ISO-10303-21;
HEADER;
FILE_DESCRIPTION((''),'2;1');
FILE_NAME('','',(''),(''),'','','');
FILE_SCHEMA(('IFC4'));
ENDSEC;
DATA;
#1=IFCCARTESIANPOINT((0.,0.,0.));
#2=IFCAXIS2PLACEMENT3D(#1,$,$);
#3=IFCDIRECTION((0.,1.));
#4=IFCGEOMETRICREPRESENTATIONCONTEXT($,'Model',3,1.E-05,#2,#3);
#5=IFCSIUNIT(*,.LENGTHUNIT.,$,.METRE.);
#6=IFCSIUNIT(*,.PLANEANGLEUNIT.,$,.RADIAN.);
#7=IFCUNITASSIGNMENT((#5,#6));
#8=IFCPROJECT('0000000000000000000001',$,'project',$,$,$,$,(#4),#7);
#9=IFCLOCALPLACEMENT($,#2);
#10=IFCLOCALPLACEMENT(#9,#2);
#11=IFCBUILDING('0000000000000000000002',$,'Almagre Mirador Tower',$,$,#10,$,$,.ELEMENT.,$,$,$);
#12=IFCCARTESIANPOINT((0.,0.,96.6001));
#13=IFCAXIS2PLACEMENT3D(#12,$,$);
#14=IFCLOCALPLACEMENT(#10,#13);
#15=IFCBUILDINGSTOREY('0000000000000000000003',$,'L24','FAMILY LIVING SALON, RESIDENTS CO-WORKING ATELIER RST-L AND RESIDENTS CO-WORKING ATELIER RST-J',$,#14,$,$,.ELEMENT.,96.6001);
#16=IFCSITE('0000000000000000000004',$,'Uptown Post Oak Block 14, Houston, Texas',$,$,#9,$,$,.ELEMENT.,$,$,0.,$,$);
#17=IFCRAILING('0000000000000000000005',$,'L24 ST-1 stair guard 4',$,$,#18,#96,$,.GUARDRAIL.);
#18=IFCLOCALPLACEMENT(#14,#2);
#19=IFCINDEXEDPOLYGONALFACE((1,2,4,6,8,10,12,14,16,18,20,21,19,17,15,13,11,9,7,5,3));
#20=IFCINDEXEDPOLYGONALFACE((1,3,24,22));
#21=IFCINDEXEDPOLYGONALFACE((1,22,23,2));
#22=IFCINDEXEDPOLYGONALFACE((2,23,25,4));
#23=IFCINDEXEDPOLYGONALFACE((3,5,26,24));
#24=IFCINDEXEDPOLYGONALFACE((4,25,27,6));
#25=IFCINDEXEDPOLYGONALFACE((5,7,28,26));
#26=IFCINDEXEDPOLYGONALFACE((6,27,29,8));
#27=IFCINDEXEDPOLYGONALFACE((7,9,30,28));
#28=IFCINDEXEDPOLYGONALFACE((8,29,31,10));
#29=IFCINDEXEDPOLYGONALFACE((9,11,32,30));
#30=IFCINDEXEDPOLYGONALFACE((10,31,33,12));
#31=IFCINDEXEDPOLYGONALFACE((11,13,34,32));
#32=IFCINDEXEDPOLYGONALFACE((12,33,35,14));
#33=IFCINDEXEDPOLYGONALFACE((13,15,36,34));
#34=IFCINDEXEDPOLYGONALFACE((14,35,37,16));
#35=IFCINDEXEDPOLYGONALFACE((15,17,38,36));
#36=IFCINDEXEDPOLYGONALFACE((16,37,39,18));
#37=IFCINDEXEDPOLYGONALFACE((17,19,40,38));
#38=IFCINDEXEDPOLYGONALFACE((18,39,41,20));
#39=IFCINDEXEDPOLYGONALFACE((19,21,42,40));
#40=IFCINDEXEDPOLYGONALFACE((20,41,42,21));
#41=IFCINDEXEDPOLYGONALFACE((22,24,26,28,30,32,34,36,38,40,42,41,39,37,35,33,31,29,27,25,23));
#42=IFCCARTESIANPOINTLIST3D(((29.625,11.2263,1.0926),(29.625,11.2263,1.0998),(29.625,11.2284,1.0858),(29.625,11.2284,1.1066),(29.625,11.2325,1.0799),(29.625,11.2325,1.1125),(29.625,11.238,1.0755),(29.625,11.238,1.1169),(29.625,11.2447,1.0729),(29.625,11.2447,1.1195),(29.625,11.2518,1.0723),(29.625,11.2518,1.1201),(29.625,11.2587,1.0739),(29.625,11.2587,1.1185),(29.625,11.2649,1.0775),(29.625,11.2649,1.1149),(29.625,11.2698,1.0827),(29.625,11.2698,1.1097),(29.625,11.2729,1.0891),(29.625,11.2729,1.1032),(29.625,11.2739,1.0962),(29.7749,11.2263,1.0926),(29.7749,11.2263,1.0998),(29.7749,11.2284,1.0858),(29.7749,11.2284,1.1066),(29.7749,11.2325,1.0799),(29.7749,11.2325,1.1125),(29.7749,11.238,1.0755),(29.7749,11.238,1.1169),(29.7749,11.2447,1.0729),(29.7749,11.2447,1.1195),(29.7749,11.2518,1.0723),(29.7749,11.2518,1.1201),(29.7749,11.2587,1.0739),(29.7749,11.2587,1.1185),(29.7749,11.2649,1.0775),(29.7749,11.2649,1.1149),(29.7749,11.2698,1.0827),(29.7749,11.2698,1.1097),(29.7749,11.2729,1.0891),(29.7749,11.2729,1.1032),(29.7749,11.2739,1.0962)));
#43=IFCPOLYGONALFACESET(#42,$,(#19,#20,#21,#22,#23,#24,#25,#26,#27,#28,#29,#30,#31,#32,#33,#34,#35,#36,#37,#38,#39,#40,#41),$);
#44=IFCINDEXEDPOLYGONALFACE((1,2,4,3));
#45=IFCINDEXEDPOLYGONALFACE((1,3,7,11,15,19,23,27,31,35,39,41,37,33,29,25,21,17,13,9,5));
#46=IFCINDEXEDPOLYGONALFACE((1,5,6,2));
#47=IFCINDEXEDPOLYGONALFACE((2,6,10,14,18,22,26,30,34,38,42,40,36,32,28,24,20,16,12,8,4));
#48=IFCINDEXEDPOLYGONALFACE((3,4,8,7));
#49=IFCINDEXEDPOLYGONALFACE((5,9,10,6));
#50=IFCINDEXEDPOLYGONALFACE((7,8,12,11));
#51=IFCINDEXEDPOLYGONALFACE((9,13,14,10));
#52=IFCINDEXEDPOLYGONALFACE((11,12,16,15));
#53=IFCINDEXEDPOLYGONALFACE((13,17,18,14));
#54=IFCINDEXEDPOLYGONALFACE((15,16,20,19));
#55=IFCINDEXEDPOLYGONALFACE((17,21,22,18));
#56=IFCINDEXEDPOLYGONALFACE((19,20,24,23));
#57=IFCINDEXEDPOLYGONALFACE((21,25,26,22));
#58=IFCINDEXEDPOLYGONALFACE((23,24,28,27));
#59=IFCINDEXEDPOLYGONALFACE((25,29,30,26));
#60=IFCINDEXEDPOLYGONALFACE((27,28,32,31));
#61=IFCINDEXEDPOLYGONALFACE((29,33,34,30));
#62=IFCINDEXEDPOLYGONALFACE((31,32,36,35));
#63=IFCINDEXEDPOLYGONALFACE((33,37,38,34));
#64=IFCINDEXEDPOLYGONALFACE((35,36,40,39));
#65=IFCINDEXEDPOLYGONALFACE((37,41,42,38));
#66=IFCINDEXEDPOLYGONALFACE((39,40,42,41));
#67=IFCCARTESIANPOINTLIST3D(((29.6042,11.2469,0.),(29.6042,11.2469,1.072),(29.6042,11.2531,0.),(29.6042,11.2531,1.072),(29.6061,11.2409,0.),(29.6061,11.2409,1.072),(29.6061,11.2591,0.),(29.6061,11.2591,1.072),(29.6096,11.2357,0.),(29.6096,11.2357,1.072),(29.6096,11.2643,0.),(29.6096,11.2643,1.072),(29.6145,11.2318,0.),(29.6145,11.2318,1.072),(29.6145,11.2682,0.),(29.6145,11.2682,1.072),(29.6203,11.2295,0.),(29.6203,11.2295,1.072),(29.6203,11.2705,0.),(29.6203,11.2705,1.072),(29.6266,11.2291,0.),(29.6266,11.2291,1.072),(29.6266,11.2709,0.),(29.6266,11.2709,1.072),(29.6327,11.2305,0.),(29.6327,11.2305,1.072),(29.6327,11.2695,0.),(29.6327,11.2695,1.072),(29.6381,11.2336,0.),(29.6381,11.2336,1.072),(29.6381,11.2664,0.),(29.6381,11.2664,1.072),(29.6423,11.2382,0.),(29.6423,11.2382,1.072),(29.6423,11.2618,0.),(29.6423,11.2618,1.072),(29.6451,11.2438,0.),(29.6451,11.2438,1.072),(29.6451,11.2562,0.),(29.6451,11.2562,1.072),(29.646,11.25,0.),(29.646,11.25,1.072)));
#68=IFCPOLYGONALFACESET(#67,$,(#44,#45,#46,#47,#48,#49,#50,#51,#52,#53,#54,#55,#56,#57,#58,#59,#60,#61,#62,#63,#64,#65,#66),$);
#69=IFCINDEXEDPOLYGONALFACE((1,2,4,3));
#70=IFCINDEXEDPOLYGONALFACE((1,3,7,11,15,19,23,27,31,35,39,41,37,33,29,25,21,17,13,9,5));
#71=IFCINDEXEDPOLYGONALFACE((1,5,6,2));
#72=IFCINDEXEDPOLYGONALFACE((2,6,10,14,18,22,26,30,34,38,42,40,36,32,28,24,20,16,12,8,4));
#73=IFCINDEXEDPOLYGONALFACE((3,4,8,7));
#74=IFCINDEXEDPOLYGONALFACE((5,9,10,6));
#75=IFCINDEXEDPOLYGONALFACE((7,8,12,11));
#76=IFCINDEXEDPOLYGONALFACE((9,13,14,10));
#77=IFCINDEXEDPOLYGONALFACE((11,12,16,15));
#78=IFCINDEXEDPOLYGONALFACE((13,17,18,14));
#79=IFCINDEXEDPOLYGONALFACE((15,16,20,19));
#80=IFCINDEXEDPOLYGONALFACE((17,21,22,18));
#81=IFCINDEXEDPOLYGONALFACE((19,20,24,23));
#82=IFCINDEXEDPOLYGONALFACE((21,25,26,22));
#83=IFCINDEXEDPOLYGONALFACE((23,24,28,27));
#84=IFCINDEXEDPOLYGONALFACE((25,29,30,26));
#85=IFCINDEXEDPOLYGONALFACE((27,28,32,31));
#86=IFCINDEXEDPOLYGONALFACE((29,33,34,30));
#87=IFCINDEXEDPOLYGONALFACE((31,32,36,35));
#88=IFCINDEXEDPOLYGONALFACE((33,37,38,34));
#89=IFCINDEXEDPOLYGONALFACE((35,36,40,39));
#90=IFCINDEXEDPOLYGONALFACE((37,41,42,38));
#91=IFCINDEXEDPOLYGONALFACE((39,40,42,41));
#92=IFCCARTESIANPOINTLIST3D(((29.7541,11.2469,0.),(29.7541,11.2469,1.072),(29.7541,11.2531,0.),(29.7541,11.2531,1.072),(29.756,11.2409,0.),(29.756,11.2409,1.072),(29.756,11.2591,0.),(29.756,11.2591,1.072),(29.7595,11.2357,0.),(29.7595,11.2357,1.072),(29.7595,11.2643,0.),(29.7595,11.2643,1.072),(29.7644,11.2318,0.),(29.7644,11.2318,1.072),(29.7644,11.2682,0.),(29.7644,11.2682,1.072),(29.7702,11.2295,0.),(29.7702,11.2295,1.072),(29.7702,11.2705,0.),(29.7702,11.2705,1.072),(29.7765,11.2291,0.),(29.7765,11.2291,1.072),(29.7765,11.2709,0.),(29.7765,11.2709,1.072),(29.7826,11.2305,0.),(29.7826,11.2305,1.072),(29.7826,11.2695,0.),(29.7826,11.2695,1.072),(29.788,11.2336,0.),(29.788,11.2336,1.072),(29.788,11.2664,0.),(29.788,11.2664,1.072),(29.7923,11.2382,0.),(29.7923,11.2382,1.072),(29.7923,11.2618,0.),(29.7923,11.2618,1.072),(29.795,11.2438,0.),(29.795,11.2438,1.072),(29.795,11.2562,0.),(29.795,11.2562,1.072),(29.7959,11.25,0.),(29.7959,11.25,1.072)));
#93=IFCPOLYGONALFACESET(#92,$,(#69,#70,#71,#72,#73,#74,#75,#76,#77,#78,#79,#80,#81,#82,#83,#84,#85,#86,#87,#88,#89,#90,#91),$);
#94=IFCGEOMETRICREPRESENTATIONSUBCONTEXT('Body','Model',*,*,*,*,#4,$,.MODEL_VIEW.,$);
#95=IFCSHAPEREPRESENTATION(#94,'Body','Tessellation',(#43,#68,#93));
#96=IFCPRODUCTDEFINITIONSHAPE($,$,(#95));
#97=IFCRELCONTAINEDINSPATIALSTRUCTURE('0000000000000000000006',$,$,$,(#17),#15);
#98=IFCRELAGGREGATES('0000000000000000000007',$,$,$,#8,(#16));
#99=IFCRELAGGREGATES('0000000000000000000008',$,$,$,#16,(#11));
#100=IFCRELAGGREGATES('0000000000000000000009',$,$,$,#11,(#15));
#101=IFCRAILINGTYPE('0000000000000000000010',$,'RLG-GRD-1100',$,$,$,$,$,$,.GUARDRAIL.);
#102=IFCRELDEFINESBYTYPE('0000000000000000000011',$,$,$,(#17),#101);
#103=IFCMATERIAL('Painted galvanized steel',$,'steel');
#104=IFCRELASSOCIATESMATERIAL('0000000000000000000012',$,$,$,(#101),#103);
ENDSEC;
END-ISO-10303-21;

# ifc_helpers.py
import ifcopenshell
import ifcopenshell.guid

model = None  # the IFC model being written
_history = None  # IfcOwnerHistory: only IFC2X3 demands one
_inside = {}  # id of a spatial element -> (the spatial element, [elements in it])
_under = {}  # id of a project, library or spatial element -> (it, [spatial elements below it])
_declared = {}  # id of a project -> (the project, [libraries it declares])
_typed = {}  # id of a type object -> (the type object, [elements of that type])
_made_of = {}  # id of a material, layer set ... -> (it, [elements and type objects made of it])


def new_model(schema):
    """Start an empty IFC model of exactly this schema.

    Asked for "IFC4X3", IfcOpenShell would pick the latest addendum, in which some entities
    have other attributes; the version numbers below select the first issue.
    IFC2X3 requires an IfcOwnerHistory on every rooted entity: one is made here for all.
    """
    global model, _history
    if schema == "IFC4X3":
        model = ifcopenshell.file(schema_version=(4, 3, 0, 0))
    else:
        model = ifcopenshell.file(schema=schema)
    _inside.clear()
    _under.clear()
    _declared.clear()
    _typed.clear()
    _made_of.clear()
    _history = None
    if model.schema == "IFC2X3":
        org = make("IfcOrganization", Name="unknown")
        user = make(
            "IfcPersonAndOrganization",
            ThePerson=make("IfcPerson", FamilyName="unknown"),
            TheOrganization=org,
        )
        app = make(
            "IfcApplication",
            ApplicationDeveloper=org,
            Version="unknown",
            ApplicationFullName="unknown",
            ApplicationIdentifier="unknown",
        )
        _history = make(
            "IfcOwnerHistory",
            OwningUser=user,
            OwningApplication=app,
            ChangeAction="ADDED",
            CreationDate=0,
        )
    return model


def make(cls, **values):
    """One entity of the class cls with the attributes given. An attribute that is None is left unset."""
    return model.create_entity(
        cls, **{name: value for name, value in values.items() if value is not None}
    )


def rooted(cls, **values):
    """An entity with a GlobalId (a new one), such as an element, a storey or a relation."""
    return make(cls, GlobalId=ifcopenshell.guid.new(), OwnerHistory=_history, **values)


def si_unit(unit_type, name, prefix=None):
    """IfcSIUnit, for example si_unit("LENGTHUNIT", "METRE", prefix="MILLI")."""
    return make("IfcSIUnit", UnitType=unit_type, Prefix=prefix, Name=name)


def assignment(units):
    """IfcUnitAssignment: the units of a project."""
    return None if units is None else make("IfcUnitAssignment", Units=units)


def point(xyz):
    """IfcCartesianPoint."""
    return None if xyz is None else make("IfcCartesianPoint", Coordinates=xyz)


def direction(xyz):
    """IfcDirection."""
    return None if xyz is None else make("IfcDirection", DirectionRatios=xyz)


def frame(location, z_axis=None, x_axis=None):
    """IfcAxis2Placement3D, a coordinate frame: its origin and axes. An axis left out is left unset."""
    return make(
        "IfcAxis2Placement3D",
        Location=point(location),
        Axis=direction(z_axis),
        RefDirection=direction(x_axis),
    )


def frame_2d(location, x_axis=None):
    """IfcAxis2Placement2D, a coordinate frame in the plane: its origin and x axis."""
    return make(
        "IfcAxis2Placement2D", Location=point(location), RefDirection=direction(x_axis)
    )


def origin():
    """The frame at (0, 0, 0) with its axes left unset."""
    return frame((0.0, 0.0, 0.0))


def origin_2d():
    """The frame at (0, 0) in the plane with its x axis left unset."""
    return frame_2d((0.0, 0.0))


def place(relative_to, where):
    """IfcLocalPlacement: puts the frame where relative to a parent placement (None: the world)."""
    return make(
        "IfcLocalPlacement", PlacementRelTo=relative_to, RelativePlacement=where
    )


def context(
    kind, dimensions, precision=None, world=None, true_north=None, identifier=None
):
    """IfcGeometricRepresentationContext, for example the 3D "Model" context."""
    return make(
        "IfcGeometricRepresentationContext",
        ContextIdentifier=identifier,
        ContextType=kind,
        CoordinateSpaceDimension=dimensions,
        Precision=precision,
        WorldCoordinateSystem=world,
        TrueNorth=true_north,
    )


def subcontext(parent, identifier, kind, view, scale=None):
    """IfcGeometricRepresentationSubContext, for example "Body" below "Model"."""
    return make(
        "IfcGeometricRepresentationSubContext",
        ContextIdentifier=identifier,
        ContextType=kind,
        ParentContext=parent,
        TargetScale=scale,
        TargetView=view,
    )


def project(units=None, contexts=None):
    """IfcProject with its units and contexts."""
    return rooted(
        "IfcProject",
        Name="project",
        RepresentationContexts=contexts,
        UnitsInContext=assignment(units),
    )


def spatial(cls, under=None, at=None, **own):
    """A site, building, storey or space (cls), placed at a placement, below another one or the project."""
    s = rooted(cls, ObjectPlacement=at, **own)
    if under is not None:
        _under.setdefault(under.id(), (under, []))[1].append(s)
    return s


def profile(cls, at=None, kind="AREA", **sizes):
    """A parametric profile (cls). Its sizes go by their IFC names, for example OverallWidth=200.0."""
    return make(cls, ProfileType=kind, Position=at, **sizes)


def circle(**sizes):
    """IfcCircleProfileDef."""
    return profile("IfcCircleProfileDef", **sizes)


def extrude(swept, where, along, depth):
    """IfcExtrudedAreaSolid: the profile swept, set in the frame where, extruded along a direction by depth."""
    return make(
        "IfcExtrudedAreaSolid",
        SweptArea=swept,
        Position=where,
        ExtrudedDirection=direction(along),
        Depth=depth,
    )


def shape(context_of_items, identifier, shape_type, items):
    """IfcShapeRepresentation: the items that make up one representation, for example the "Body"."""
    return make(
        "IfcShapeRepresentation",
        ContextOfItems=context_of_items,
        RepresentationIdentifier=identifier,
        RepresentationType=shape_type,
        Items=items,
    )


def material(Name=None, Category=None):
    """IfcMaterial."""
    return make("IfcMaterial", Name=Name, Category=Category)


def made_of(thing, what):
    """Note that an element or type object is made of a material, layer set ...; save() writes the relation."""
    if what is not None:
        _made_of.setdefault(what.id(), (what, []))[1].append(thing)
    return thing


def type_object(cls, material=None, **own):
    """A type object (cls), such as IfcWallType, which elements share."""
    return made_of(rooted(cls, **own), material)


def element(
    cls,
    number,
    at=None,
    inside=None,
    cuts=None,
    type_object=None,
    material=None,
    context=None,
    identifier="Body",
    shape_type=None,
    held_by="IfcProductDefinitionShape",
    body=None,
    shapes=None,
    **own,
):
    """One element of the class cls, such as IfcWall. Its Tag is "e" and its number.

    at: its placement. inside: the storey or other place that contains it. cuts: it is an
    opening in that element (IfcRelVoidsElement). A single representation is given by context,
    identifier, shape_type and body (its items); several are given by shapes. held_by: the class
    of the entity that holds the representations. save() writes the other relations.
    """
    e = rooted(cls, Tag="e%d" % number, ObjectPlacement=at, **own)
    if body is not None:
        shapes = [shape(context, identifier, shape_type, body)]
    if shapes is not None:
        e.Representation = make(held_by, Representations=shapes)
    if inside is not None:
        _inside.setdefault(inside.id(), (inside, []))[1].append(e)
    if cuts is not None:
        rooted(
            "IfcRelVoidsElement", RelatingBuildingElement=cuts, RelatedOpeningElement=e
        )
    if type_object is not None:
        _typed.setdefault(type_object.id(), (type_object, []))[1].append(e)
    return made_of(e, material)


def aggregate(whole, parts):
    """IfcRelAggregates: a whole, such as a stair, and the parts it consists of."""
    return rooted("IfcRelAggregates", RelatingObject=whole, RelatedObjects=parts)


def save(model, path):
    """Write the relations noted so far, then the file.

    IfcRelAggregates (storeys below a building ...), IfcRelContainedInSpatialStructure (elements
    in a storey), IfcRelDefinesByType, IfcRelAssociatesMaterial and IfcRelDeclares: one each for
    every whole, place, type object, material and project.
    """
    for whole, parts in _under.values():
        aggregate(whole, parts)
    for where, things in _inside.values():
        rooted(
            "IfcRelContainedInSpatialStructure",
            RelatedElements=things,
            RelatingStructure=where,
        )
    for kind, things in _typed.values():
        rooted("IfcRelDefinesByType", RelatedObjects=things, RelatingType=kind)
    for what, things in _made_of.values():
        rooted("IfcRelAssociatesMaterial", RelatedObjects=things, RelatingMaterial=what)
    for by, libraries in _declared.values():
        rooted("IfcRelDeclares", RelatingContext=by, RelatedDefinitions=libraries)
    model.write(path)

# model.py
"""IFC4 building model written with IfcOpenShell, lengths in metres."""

from ifc_helpers import new_model, si_unit, direction, frame, origin, origin_2d, place, context, subcontext, project, spatial, circle, extrude, material, type_object, element, save


model = new_model("IFC4")

# Units and contexts
model_context = context("Model", 3, precision=1e-05, world=origin(), true_north=direction((0.0, 1.0)))
body_context = subcontext(model_context, "Body", "Model", "MODEL_VIEW")
ifc_project = project(units=[si_unit("LENGTHUNIT", "METRE"), si_unit("PLANEANGLEUNIT", "RADIAN")], contexts=[model_context])

# Site, building, storey
site_placement = place(None, origin())
site = spatial("IfcSite", under=ifc_project, at=site_placement, Name="Uptown Post Oak Block 14, Houston, Texas", CompositionType="ELEMENT", RefElevation=0.0)
building_placement = place(site_placement, origin())
building = spatial("IfcBuilding", under=site, at=building_placement, Name="Almagre Mirador Tower", CompositionType="ELEMENT")
storey_placement = place(building_placement, frame((0.0, 0.0, 96.6001)))
storey = spatial("IfcBuildingStorey", under=building, at=storey_placement, Name="L24", Description="FAMILY LIVING SALON, RESIDENTS CO-WORKING ATELIER RST-L AND RESIDENTS CO-WORKING ATELIER RST-J", CompositionType="ELEMENT", Elevation=96.6001)

# Railing
ifc_material_1 = material(Name="Painted galvanized steel", Category="steel")
railing_type_1 = type_object("IfcRailingType", Name="RLG-GRD-1100", PredefinedType="GUARDRAIL", material=ifc_material_1)
railing_1_placement = place(storey_placement, frame((29.625, 11.25, 0.0)))
element("IfcRailing", 1, at=railing_1_placement, inside=storey, type_object=railing_type_1, Name="L24 ST-1 stair guard 4", PredefinedType="GUARDRAIL", context=body_context, shape_type="SweptSolid", body=[
    extrude(circle(Radius=0.0239, at=origin_2d()), frame((0.0, 0.0, 1.0962), z_axis=(1.0, 0.0, 0.0), x_axis=(0.0, 1.0, 0.0)), (0.0, 0.0, 1.0), 0.1499),
    extrude(circle(Radius=0.021, at=origin_2d()), origin(), (0.0, 0.0, 1.0), 1.072),
    extrude(circle(Radius=0.021, at=origin_2d()), frame((0.1499, 0.0, 0.0)), (0.0, 0.0, 1.0), 1.072),
])

save(model, "model.ifc")
